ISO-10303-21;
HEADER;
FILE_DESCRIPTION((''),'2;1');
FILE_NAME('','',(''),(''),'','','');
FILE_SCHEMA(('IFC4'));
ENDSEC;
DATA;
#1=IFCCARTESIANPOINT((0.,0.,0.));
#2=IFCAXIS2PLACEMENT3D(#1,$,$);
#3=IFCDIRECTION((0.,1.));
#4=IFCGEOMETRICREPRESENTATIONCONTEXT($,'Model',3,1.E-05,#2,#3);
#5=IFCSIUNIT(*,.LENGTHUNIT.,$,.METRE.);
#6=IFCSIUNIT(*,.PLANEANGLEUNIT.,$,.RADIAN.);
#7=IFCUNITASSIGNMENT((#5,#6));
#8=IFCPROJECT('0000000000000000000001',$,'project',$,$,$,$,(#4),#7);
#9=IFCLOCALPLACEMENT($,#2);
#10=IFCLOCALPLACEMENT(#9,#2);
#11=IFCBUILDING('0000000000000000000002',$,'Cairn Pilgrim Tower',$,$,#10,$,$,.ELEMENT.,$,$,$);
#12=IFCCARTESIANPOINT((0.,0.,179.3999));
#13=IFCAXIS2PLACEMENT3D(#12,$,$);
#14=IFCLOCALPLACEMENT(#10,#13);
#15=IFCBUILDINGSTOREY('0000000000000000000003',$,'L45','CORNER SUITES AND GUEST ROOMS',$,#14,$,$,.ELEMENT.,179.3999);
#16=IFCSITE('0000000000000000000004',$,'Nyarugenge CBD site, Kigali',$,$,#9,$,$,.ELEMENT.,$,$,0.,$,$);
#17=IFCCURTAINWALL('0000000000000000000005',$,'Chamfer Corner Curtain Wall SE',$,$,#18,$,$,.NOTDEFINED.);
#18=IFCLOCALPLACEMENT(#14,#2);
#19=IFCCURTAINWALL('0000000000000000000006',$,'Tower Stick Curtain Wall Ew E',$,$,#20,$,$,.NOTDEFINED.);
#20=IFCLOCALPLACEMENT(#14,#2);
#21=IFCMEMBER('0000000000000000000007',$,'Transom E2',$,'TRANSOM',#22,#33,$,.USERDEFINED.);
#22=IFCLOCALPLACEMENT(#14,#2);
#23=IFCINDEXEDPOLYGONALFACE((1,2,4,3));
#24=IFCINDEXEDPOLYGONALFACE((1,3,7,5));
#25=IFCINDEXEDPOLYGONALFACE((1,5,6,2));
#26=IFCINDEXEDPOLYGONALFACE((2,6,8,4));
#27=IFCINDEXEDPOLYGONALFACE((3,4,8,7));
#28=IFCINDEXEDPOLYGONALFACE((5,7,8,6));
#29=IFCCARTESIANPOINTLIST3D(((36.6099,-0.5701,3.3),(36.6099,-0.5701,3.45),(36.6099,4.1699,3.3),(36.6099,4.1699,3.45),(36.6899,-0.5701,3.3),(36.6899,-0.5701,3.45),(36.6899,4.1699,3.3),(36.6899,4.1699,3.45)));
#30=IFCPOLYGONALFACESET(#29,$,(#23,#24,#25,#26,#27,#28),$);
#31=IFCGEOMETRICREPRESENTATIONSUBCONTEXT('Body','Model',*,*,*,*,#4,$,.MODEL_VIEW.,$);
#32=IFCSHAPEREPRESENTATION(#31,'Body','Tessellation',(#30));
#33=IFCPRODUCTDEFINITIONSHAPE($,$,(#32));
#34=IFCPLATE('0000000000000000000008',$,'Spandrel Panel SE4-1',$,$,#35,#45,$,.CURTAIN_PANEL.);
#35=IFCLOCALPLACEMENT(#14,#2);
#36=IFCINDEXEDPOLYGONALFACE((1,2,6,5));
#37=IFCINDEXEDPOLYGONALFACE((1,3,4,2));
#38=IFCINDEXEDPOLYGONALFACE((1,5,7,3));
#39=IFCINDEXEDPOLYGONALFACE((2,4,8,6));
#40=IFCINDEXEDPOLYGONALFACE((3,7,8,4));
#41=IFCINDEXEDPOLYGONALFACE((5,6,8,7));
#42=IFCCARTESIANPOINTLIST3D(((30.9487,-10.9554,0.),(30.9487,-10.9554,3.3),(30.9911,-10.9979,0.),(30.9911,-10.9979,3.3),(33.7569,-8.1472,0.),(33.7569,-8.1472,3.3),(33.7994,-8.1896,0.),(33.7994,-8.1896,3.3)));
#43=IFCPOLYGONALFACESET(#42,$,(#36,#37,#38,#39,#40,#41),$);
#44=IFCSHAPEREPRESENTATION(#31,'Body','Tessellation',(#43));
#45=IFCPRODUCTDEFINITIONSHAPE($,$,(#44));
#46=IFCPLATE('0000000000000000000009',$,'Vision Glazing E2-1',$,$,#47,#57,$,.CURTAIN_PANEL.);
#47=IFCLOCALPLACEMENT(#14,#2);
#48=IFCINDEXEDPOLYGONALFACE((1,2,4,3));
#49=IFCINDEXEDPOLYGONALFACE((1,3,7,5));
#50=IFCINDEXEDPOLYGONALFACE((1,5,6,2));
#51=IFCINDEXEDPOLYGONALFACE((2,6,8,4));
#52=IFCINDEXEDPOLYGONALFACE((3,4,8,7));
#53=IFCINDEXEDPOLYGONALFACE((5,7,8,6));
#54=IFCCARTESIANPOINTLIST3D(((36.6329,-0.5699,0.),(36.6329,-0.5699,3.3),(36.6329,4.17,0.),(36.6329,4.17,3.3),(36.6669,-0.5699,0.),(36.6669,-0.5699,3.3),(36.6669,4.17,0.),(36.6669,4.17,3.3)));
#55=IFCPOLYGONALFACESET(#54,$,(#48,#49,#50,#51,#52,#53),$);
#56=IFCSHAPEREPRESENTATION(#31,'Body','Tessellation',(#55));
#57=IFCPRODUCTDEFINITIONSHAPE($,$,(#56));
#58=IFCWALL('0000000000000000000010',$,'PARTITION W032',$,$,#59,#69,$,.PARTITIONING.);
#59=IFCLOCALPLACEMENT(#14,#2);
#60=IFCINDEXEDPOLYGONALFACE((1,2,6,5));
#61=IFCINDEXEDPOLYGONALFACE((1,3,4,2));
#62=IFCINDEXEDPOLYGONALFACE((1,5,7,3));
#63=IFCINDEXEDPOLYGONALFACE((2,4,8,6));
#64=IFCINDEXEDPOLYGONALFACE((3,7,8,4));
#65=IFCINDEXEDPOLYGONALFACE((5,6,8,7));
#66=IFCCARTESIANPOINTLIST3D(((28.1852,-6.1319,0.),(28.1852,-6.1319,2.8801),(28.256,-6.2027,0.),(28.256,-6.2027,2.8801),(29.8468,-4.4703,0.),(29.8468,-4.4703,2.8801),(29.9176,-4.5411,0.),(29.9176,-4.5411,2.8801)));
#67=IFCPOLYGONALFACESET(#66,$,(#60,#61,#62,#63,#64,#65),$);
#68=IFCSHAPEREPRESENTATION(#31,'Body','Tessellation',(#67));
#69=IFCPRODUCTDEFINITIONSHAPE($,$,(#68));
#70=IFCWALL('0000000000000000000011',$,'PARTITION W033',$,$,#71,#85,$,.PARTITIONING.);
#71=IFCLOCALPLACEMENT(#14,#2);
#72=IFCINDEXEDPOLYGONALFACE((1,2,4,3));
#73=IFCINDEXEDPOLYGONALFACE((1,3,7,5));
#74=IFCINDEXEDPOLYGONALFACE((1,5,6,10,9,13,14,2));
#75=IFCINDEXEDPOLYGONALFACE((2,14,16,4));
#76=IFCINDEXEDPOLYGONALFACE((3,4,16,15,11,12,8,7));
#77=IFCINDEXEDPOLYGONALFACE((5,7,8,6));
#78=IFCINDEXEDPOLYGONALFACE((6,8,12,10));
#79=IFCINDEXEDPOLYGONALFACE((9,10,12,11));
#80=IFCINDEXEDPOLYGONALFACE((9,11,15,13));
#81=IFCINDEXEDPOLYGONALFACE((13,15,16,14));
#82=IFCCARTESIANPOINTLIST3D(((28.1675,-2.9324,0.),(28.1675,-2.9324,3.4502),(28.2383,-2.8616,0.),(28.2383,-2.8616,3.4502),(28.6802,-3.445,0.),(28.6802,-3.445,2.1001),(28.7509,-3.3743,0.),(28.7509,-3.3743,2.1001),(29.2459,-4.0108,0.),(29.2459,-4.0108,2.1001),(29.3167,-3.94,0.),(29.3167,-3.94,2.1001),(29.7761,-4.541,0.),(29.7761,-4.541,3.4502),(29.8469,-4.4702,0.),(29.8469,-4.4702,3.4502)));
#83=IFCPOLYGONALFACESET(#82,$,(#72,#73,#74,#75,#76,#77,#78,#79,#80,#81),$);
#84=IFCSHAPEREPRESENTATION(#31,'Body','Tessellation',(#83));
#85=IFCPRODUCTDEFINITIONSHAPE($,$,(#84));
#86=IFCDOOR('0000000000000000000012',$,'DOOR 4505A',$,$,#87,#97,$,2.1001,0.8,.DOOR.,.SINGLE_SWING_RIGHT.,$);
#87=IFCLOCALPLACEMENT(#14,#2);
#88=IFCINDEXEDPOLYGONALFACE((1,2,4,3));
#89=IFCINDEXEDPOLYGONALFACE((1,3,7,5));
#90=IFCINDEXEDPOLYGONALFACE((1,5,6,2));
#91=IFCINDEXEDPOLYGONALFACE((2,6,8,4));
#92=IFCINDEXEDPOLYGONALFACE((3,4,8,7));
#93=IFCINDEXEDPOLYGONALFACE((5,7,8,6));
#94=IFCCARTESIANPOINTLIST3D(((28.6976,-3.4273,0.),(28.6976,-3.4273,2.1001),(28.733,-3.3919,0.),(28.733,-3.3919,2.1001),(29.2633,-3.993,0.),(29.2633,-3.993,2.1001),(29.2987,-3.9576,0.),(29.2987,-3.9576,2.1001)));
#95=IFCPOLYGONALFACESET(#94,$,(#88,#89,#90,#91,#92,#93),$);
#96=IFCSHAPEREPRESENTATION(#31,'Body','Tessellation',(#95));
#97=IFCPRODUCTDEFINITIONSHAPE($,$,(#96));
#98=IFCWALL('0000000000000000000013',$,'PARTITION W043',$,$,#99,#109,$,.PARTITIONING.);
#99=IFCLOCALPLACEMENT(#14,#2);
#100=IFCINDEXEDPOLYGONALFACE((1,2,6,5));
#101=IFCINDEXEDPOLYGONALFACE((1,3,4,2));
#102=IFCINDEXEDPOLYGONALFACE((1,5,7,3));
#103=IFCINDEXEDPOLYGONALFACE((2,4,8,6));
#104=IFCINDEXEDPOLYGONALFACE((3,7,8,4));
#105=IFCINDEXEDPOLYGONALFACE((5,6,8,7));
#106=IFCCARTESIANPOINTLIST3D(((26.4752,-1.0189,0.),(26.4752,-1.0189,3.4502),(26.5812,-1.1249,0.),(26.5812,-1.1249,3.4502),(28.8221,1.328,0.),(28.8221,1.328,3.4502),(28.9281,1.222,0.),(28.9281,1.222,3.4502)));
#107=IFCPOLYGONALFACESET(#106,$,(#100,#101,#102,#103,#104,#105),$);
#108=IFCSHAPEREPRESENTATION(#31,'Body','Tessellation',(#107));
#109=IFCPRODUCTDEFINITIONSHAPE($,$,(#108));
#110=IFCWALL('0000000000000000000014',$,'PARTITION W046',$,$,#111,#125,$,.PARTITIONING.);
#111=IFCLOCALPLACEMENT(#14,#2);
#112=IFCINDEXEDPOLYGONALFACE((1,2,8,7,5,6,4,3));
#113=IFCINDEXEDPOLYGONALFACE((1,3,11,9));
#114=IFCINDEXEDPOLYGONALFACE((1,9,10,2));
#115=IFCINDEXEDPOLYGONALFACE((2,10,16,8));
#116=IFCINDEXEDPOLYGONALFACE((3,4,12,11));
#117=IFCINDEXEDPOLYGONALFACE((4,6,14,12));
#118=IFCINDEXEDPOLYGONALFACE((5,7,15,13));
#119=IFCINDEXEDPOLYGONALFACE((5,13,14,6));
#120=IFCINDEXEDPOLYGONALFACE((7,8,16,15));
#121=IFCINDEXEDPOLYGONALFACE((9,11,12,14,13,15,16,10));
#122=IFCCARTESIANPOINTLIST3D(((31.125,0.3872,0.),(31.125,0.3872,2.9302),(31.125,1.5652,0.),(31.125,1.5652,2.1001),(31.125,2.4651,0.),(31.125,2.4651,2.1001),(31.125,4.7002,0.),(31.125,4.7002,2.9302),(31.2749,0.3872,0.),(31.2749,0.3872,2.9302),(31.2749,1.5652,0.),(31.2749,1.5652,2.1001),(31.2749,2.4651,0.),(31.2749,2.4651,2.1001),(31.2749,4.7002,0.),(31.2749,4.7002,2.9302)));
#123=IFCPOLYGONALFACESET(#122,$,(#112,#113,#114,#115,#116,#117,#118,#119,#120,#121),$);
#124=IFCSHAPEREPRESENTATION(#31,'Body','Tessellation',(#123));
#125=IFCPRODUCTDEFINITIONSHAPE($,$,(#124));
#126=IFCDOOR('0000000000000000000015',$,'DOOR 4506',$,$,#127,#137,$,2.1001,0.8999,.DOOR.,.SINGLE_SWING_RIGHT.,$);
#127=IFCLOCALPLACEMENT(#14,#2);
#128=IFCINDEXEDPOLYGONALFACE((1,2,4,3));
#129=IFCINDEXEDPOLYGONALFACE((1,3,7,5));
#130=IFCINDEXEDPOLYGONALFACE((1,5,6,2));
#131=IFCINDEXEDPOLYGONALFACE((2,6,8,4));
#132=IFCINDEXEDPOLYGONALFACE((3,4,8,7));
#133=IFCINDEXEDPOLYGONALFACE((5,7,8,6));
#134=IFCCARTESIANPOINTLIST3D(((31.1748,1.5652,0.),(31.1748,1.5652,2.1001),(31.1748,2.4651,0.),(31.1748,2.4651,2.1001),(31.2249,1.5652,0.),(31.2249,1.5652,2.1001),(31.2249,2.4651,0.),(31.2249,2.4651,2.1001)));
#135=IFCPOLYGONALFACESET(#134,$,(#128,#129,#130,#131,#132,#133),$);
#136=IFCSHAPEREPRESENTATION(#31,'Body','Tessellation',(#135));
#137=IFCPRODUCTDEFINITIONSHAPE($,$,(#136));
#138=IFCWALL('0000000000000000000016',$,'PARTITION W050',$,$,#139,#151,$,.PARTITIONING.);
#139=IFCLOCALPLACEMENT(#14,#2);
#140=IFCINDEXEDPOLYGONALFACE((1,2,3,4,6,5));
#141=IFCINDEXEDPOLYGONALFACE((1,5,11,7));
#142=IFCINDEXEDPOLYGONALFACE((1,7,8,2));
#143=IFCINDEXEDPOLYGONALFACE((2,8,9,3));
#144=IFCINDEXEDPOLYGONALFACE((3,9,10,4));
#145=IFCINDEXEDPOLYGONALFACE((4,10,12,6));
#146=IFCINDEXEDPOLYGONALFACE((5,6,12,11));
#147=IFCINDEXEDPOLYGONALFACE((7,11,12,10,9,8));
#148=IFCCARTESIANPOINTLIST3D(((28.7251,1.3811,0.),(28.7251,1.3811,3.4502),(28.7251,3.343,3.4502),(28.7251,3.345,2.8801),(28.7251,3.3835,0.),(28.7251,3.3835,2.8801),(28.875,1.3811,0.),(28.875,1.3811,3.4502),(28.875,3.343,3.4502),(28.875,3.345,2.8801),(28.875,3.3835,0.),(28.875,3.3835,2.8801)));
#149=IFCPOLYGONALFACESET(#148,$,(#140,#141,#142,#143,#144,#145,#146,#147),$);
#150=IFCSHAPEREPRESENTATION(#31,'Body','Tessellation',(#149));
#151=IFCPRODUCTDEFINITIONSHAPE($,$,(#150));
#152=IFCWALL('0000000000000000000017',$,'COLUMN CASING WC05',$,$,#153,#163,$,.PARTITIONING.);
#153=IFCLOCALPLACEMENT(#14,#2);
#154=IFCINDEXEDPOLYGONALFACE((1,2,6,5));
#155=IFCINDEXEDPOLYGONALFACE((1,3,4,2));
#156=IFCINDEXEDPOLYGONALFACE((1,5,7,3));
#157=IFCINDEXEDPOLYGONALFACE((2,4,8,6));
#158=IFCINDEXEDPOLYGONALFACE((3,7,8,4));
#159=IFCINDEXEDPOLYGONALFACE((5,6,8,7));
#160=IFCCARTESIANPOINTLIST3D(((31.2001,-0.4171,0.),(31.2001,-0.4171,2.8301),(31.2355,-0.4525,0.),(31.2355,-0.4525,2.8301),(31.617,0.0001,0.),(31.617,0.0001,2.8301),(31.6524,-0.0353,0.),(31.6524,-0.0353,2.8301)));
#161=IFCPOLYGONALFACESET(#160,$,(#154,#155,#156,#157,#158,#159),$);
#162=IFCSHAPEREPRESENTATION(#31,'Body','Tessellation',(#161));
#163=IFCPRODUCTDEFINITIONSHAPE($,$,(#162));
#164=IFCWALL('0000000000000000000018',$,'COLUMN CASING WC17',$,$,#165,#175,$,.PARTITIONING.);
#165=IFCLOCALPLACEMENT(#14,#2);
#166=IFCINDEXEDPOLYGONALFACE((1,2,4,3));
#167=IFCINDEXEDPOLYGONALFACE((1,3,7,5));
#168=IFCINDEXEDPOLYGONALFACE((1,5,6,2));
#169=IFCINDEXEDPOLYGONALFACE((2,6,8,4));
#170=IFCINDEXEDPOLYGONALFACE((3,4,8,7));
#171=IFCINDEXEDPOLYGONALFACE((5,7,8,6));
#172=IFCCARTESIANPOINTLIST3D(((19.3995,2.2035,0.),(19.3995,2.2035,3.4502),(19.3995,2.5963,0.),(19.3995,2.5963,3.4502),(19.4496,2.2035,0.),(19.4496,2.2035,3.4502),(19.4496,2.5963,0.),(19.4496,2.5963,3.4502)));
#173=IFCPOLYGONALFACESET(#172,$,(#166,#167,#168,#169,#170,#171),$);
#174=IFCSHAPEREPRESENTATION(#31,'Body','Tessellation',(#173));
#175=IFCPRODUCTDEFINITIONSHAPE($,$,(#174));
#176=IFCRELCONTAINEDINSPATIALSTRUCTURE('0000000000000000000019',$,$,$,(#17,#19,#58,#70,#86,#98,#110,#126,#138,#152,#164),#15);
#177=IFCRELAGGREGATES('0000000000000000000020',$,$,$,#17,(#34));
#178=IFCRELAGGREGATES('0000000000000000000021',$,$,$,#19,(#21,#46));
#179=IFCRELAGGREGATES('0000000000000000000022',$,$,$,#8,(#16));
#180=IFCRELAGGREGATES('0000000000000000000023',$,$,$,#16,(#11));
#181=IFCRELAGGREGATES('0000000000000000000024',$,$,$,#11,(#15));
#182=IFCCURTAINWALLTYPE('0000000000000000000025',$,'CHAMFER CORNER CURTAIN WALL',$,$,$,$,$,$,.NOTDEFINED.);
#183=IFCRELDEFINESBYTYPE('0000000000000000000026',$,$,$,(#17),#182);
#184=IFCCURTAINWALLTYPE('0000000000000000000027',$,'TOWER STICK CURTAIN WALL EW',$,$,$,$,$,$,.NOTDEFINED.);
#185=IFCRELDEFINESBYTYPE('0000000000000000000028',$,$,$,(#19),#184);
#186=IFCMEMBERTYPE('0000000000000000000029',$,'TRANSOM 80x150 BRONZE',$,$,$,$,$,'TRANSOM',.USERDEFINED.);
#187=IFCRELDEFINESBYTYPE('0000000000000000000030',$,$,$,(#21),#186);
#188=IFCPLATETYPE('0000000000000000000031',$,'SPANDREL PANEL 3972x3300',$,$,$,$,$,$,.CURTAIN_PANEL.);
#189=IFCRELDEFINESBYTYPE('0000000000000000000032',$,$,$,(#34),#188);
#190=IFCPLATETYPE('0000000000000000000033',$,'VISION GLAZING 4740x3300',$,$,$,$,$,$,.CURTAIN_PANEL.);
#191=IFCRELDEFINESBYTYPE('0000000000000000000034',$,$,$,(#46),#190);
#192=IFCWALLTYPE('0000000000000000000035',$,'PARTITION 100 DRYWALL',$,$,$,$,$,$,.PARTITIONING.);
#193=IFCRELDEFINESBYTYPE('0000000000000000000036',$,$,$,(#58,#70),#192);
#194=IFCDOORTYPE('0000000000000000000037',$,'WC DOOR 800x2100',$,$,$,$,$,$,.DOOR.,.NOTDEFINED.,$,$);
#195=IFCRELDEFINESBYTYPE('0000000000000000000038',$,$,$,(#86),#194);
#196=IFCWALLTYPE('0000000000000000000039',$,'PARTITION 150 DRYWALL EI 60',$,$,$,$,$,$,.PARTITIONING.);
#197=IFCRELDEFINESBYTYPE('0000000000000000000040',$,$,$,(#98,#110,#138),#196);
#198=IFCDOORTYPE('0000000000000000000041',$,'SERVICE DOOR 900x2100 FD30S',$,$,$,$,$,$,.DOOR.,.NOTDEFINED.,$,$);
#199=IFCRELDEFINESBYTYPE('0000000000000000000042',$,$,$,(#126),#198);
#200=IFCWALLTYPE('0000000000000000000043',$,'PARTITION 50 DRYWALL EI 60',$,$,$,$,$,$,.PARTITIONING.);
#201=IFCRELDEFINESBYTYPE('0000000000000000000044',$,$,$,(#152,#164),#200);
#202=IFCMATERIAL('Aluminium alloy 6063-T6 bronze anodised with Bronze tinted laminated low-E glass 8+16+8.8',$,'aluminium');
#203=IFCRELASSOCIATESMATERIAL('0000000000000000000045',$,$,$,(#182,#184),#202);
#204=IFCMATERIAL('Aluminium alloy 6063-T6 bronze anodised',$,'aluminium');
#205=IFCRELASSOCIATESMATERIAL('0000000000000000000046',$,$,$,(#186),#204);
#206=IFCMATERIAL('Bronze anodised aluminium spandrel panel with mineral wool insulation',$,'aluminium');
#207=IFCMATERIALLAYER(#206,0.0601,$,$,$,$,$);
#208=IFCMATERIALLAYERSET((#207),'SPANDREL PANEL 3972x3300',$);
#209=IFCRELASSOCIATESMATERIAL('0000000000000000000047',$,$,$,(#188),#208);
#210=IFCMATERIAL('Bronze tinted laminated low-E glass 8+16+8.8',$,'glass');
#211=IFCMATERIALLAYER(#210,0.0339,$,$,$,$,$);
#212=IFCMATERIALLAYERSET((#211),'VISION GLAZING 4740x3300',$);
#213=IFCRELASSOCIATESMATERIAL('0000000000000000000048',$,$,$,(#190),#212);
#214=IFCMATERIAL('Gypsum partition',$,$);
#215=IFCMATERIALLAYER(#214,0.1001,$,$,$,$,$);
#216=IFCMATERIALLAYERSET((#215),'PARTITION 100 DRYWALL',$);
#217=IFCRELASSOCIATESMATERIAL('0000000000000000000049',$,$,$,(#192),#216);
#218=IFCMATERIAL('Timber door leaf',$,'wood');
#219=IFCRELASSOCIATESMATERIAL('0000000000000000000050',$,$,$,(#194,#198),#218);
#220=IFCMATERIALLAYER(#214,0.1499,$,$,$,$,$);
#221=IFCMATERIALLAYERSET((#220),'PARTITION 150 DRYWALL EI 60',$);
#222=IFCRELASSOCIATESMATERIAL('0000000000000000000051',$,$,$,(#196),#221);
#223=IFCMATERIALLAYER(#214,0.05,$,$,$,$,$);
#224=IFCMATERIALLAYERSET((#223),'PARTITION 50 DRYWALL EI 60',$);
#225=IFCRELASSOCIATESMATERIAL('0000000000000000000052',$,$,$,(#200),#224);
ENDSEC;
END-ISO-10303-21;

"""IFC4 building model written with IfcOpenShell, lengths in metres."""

from ifc_helpers import new_model, si_unit, direction, frame, frame_2d, origin, origin_2d, place, context, subcontext, project, spatial, polyline, rectangle, outline, extrude, material, layer, layer_set, material_profile, profile_set, type_object, element, fill, aggregate, save


model = new_model("IFC4")

# Units and contexts
model_context = context("Model", 3, precision=1e-05, world=origin(), true_north=direction((0.0, 1.0)))
body_context = subcontext(model_context, "Body", "Model", "MODEL_VIEW")
ifc_project = project(units=[si_unit("LENGTHUNIT", "METRE"), si_unit("PLANEANGLEUNIT", "RADIAN")], contexts=[model_context])

# Site, building, storey
site_placement = place(None, origin())
site = spatial("IfcSite", under=ifc_project, at=site_placement, Name="Nyarugenge CBD site, Kigali", CompositionType="ELEMENT", RefElevation=0.0)
building_placement = place(site_placement, origin())
building = spatial("IfcBuilding", under=site, at=building_placement, Name="Cairn Pilgrim Tower", CompositionType="ELEMENT")
storey_placement = place(building_placement, frame((0.0, 0.0, 179.3999)))
storey = spatial("IfcBuildingStorey", under=building, at=storey_placement, Name="L45", Description="CORNER SUITES AND GUEST ROOMS", CompositionType="ELEMENT", Elevation=179.3999)

# Curtain wall
ifc_material_1 = material(Name="Aluminium alloy 6063-T6 bronze anodised with Bronze tinted laminated low-E glass 8+16+8.8", Category="aluminium")
curtain_wall_type_1 = type_object("IfcCurtainWallType", Name="CHAMFER CORNER CURTAIN WALL", PredefinedType="NOTDEFINED", material=ifc_material_1)
curtain_wall_1_placement = place(storey_placement, origin())
curtain_wall_1 = element("IfcCurtainWall", 1, at=curtain_wall_1_placement, inside=storey, type_object=curtain_wall_type_1, Name="Chamfer Corner Curtain Wall SE", PredefinedType="NOTDEFINED")
ifc_material_2 = material(Name="Aluminium alloy 6063-T6 bronze anodised", Category="aluminium")

# Curtain wall
curtain_wall_type_2 = type_object("IfcCurtainWallType", Name="TOWER STICK CURTAIN WALL EW", PredefinedType="NOTDEFINED", material=ifc_material_1)
curtain_wall_2_placement = place(storey_placement, origin())
curtain_wall_2 = element("IfcCurtainWall", 2, at=curtain_wall_2_placement, inside=storey, type_object=curtain_wall_type_2, Name="Tower Stick Curtain Wall Ew E", PredefinedType="NOTDEFINED")

# Member
ifc_material_profile_1 = material_profile(ifc_material_2, rectangle(XDim=0.0801, YDim=0.1499, at=origin_2d()), Name="TRANSOM 80x150 BRONZE")
ifc_profile_set_1 = profile_set([ifc_material_profile_1], Name="Aluminium alloy 6063-T6 bronze anodised")
member_type_1 = type_object("IfcMemberType", Name="TRANSOM 80x150 BRONZE", ElementType="TRANSOM", PredefinedType="USERDEFINED", material=ifc_profile_set_1)
member_1_placement = place(storey_placement, frame((36.6499, -0.5701, 3.375), z_axis=(0.0, 1.0, 0.0), x_axis=(-1.0, 0.0, 0.0)))
member_1 = element("IfcMember", 3, at=member_1_placement, type_object=member_type_1, Name="Transom E2", ObjectType="TRANSOM", PredefinedType="USERDEFINED", context=body_context, shape_type="SweptSolid", body=[
    extrude(rectangle(XDim=0.0801, YDim=0.1499, at=origin_2d()), origin(), (0.0, 0.0, 1.0), 4.74),
])

# Plates
ifc_material_3 = material(Name="Bronze anodised aluminium spandrel panel with mineral wool insulation", Category="aluminium")
ifc_layer_1 = layer(ifc_material_3, 0.0601)
ifc_layer_set_1 = layer_set([ifc_layer_1], Name="SPANDREL PANEL 3972x3300")
plate_type_1 = type_object("IfcPlateType", Name="SPANDREL PANEL 3972x3300", PredefinedType="CURTAIN_PANEL", material=ifc_layer_set_1)
plate_1_placement = place(storey_placement, frame((32.374, -9.5725, 0.0), z_axis=(0.0, 0.0, 1.0), x_axis=(0.707107, 0.707107, 0.0)))
plate_1 = element("IfcPlate", 4, at=plate_1_placement, type_object=plate_type_1, Name="Spandrel Panel SE4-1", PredefinedType="CURTAIN_PANEL", context=body_context, shape_type="SweptSolid", body=[
    extrude(rectangle(XDim=3.9714, YDim=0.0601, at=origin_2d()), origin(), (0.0, 0.0, 1.0), 3.3),
])
aggregate(curtain_wall_1, [plate_1])
ifc_material_4 = material(Name="Bronze tinted laminated low-E glass 8+16+8.8", Category="glass")
ifc_layer_2 = layer(ifc_material_4, 0.0339)
ifc_layer_set_2 = layer_set([ifc_layer_2], Name="VISION GLAZING 4740x3300")
plate_type_2 = type_object("IfcPlateType", Name="VISION GLAZING 4740x3300", PredefinedType="CURTAIN_PANEL", material=ifc_layer_set_2)
plate_2_placement = place(storey_placement, frame((36.6499, 1.8, 0.0), z_axis=(0.0, 0.0, 1.0), x_axis=(0.0, 1.0, 0.0)))
plate_2 = element("IfcPlate", 5, at=plate_2_placement, type_object=plate_type_2, Name="Vision Glazing E2-1", PredefinedType="CURTAIN_PANEL", context=body_context, shape_type="SweptSolid", body=[
    extrude(rectangle(XDim=4.74, YDim=0.0339, at=origin_2d()), origin(), (0.0, 0.0, 1.0), 3.3),
])
aggregate(curtain_wall_2, [member_1, plate_2])

# Wall
ifc_material_5 = material(Name="Gypsum partition")
ifc_layer_3 = layer(ifc_material_5, 0.1001)
ifc_layer_set_3 = layer_set([ifc_layer_3], Name="PARTITION 100 DRYWALL")
wall_type_1 = type_object("IfcWallType", Name="PARTITION 100 DRYWALL", PredefinedType="PARTITIONING", material=ifc_layer_set_3)
wall_1_placement = place(storey_placement, frame((28.2207, -6.1672, 0.0), z_axis=(0.0, 0.0, 1.0), x_axis=(0.707107, 0.707107, 0.0)))
element("IfcWall", 6, at=wall_1_placement, inside=storey, type_object=wall_type_1, Name="PARTITION W032", PredefinedType="PARTITIONING", context=body_context, shape_type="SweptSolid", body=[
    extrude(rectangle(XDim=2.3499, YDim=0.1001, at=frame_2d((1.1748, 0.0))), origin(), (0.0, 0.0, 1.0), 2.8801),
])

# Wall, opening, door
wall_2_placement = place(storey_placement, frame((29.8115, -4.5056, 0.0), z_axis=(0.0, 0.0, 1.0), x_axis=(-0.707107, 0.707107, 0.0)))
wall_2 = element("IfcWall", 7, at=wall_2_placement, inside=storey, type_object=wall_type_1, Name="PARTITION W033", PredefinedType="PARTITIONING", context=body_context, shape_type="SweptSolid", body=[
    extrude(rectangle(XDim=2.2749, YDim=0.1001, at=frame_2d((1.1375, 0.0))), origin(), (0.0, 0.0, 1.0), 3.4502),
])
opening_1_placement = place(wall_2_placement, frame((0.75, 0.0, 0.0)))
opening_1 = element("IfcOpeningElement", 8, at=opening_1_placement, cuts=wall_2, PredefinedType="OPENING", context=body_context, shape_type="SweptSolid", body=[
    extrude(rectangle(XDim=0.8, YDim=2.1001, at=frame_2d((0.3999, 1.05))), frame((0.0, 0.0601, 0.0), z_axis=(0.0, -1.0, 0.0), x_axis=(1.0, 0.0, 0.0)), (0.0, 0.0, 1.0), 0.1201),
])
ifc_material_6 = material(Name="Timber door leaf", Category="wood")
door_type_1 = type_object("IfcDoorType", Name="WC DOOR 800x2100", OperationType="NOTDEFINED", PredefinedType="DOOR", material=ifc_material_6)
door_1_placement = place(opening_1_placement, frame((0.8, 0.0, 0.0), z_axis=(0.0, 0.0, 1.0), x_axis=(-1.0, 0.0, 0.0)))
door_1 = element("IfcDoor", 9, at=door_1_placement, inside=storey, type_object=door_type_1, Name="DOOR 4505A", OperationType="SINGLE_SWING_RIGHT", OverallHeight=2.1001, OverallWidth=0.8, PredefinedType="DOOR", context=body_context, shape_type="SweptSolid", body=[
    extrude(rectangle(XDim=0.8, YDim=2.1001, at=frame_2d((0.3999, 1.05))), frame((0.0, 0.0249, 0.0), z_axis=(0.0, -1.0, 0.0), x_axis=(1.0, 0.0, 0.0)), (0.0, 0.0, 1.0), 0.05),
])
fill(opening_1, door_1)

# Wall
ifc_layer_4 = layer(ifc_material_5, 0.1499)
ifc_layer_set_4 = layer_set([ifc_layer_4], Name="PARTITION 150 DRYWALL EI 60")
wall_type_2 = type_object("IfcWallType", Name="PARTITION 150 DRYWALL EI 60", PredefinedType="PARTITIONING", material=ifc_layer_set_4)
wall_3_placement = place(storey_placement, frame((26.5281, -1.072, 0.0), z_axis=(0.0, 0.0, 1.0), x_axis=(0.707107, 0.707107, 0.0)))
element("IfcWall", 10, at=wall_3_placement, inside=storey, type_object=wall_type_2, Name="PARTITION W043", PredefinedType="PARTITIONING", context=body_context, shape_type="SweptSolid", body=[
    extrude(rectangle(XDim=3.3191, YDim=0.1499, at=frame_2d((1.6597, 0.0))), origin(), (0.0, 0.0, 1.0), 3.4502),
])

# Wall, opening, door
wall_4_placement = place(storey_placement, frame((31.2, 0.3872, 0.0), z_axis=(0.0, 0.0, 1.0), x_axis=(0.0, 1.0, 0.0)))
wall_4 = element("IfcWall", 11, at=wall_4_placement, inside=storey, type_object=wall_type_2, Name="PARTITION W046", PredefinedType="PARTITIONING", context=body_context, shape_type="SweptSolid", body=[
    extrude(rectangle(XDim=4.313, YDim=0.1499, at=frame_2d((2.1565, 0.0))), origin(), (0.0, 0.0, 1.0), 2.9302),
])
opening_2_placement = place(wall_4_placement, frame((1.178, 0.0, 0.0)))
opening_2 = element("IfcOpeningElement", 12, at=opening_2_placement, cuts=wall_4, PredefinedType="OPENING", context=body_context, shape_type="SweptSolid", body=[
    extrude(rectangle(XDim=0.8999, YDim=2.1001, at=frame_2d((0.45, 1.05))), frame((0.0, 0.085, 0.0), z_axis=(0.0, -1.0, 0.0), x_axis=(1.0, 0.0, 0.0)), (0.0, 0.0, 1.0), 0.1699),
])
door_type_2 = type_object("IfcDoorType", Name="SERVICE DOOR 900x2100 FD30S", OperationType="NOTDEFINED", PredefinedType="DOOR", material=ifc_material_6)
door_2_placement = place(opening_2_placement, frame((0.8999, 0.0, 0.0), z_axis=(0.0, 0.0, 1.0), x_axis=(-1.0, 0.0, 0.0)))
door_2 = element("IfcDoor", 13, at=door_2_placement, inside=storey, type_object=door_type_2, Name="DOOR 4506", OperationType="SINGLE_SWING_RIGHT", OverallHeight=2.1001, OverallWidth=0.8999, PredefinedType="DOOR", context=body_context, shape_type="SweptSolid", body=[
    extrude(rectangle(XDim=0.8999, YDim=2.1001, at=frame_2d((0.45, 1.05))), frame((0.0, 0.0249, 0.0), z_axis=(0.0, -1.0, 0.0), x_axis=(1.0, 0.0, 0.0)), (0.0, 0.0, 1.0), 0.05),
])
fill(opening_2, door_2)

# Walls
wall_5_placement = place(storey_placement, frame((28.8, 1.3811, 0.0), z_axis=(0.0, 0.0, 1.0), x_axis=(0.0, 1.0, 0.0)))
element("IfcWall", 14, at=wall_5_placement, inside=storey, type_object=wall_type_2, Name="PARTITION W050", PredefinedType="PARTITIONING", context=body_context, shape_type="SweptSolid", body=[
    extrude(outline(polyline([(0.0, 0.0), (2.0024, 0.0), (2.0024, 2.8801), (1.9639, 2.8801), (1.9619, 3.4502), (0.0, 3.4502), (0.0, 0.0)])), frame((0.0, 0.075, 0.0), z_axis=(0.0, -1.0, 0.0), x_axis=(1.0, 0.0, 0.0)), (0.0, 0.0, 1.0), 0.1499),
])
ifc_layer_5 = layer(ifc_material_5, 0.05)
ifc_layer_set_5 = layer_set([ifc_layer_5], Name="PARTITION 50 DRYWALL EI 60")
wall_type_3 = type_object("IfcWallType", Name="PARTITION 50 DRYWALL EI 60", PredefinedType="PARTITIONING", material=ifc_layer_set_5)
wall_6_placement = place(storey_placement, frame((31.2178, -0.4348, 0.0), z_axis=(0.0, 0.0, 1.0), x_axis=(0.7069, 0.707314, 0.0)))
element("IfcWall", 15, at=wall_6_placement, inside=storey, type_object=wall_type_3, Name="COLUMN CASING WC05", PredefinedType="PARTITIONING", context=body_context, shape_type="SweptSolid", body=[
    extrude(rectangle(XDim=0.5898, YDim=0.05, at=frame_2d((0.2949, 0.0))), origin(), (0.0, 0.0, 1.0), 2.8301),
])
wall_7_placement = place(storey_placement, frame((19.4246, 2.2036, 0.0), z_axis=(0.0, 0.0, 1.0), x_axis=(0.0, 1.0, 0.0)))
element("IfcWall", 16, at=wall_7_placement, inside=storey, type_object=wall_type_3, Name="COLUMN CASING WC17", PredefinedType="PARTITIONING", context=body_context, shape_type="SweptSolid", body=[
    extrude(rectangle(XDim=0.3928, YDim=0.05, at=frame_2d((0.1963, 0.0))), origin(), (0.0, 0.0, 1.0), 3.4502),
])

save(model, "model.ifc")
